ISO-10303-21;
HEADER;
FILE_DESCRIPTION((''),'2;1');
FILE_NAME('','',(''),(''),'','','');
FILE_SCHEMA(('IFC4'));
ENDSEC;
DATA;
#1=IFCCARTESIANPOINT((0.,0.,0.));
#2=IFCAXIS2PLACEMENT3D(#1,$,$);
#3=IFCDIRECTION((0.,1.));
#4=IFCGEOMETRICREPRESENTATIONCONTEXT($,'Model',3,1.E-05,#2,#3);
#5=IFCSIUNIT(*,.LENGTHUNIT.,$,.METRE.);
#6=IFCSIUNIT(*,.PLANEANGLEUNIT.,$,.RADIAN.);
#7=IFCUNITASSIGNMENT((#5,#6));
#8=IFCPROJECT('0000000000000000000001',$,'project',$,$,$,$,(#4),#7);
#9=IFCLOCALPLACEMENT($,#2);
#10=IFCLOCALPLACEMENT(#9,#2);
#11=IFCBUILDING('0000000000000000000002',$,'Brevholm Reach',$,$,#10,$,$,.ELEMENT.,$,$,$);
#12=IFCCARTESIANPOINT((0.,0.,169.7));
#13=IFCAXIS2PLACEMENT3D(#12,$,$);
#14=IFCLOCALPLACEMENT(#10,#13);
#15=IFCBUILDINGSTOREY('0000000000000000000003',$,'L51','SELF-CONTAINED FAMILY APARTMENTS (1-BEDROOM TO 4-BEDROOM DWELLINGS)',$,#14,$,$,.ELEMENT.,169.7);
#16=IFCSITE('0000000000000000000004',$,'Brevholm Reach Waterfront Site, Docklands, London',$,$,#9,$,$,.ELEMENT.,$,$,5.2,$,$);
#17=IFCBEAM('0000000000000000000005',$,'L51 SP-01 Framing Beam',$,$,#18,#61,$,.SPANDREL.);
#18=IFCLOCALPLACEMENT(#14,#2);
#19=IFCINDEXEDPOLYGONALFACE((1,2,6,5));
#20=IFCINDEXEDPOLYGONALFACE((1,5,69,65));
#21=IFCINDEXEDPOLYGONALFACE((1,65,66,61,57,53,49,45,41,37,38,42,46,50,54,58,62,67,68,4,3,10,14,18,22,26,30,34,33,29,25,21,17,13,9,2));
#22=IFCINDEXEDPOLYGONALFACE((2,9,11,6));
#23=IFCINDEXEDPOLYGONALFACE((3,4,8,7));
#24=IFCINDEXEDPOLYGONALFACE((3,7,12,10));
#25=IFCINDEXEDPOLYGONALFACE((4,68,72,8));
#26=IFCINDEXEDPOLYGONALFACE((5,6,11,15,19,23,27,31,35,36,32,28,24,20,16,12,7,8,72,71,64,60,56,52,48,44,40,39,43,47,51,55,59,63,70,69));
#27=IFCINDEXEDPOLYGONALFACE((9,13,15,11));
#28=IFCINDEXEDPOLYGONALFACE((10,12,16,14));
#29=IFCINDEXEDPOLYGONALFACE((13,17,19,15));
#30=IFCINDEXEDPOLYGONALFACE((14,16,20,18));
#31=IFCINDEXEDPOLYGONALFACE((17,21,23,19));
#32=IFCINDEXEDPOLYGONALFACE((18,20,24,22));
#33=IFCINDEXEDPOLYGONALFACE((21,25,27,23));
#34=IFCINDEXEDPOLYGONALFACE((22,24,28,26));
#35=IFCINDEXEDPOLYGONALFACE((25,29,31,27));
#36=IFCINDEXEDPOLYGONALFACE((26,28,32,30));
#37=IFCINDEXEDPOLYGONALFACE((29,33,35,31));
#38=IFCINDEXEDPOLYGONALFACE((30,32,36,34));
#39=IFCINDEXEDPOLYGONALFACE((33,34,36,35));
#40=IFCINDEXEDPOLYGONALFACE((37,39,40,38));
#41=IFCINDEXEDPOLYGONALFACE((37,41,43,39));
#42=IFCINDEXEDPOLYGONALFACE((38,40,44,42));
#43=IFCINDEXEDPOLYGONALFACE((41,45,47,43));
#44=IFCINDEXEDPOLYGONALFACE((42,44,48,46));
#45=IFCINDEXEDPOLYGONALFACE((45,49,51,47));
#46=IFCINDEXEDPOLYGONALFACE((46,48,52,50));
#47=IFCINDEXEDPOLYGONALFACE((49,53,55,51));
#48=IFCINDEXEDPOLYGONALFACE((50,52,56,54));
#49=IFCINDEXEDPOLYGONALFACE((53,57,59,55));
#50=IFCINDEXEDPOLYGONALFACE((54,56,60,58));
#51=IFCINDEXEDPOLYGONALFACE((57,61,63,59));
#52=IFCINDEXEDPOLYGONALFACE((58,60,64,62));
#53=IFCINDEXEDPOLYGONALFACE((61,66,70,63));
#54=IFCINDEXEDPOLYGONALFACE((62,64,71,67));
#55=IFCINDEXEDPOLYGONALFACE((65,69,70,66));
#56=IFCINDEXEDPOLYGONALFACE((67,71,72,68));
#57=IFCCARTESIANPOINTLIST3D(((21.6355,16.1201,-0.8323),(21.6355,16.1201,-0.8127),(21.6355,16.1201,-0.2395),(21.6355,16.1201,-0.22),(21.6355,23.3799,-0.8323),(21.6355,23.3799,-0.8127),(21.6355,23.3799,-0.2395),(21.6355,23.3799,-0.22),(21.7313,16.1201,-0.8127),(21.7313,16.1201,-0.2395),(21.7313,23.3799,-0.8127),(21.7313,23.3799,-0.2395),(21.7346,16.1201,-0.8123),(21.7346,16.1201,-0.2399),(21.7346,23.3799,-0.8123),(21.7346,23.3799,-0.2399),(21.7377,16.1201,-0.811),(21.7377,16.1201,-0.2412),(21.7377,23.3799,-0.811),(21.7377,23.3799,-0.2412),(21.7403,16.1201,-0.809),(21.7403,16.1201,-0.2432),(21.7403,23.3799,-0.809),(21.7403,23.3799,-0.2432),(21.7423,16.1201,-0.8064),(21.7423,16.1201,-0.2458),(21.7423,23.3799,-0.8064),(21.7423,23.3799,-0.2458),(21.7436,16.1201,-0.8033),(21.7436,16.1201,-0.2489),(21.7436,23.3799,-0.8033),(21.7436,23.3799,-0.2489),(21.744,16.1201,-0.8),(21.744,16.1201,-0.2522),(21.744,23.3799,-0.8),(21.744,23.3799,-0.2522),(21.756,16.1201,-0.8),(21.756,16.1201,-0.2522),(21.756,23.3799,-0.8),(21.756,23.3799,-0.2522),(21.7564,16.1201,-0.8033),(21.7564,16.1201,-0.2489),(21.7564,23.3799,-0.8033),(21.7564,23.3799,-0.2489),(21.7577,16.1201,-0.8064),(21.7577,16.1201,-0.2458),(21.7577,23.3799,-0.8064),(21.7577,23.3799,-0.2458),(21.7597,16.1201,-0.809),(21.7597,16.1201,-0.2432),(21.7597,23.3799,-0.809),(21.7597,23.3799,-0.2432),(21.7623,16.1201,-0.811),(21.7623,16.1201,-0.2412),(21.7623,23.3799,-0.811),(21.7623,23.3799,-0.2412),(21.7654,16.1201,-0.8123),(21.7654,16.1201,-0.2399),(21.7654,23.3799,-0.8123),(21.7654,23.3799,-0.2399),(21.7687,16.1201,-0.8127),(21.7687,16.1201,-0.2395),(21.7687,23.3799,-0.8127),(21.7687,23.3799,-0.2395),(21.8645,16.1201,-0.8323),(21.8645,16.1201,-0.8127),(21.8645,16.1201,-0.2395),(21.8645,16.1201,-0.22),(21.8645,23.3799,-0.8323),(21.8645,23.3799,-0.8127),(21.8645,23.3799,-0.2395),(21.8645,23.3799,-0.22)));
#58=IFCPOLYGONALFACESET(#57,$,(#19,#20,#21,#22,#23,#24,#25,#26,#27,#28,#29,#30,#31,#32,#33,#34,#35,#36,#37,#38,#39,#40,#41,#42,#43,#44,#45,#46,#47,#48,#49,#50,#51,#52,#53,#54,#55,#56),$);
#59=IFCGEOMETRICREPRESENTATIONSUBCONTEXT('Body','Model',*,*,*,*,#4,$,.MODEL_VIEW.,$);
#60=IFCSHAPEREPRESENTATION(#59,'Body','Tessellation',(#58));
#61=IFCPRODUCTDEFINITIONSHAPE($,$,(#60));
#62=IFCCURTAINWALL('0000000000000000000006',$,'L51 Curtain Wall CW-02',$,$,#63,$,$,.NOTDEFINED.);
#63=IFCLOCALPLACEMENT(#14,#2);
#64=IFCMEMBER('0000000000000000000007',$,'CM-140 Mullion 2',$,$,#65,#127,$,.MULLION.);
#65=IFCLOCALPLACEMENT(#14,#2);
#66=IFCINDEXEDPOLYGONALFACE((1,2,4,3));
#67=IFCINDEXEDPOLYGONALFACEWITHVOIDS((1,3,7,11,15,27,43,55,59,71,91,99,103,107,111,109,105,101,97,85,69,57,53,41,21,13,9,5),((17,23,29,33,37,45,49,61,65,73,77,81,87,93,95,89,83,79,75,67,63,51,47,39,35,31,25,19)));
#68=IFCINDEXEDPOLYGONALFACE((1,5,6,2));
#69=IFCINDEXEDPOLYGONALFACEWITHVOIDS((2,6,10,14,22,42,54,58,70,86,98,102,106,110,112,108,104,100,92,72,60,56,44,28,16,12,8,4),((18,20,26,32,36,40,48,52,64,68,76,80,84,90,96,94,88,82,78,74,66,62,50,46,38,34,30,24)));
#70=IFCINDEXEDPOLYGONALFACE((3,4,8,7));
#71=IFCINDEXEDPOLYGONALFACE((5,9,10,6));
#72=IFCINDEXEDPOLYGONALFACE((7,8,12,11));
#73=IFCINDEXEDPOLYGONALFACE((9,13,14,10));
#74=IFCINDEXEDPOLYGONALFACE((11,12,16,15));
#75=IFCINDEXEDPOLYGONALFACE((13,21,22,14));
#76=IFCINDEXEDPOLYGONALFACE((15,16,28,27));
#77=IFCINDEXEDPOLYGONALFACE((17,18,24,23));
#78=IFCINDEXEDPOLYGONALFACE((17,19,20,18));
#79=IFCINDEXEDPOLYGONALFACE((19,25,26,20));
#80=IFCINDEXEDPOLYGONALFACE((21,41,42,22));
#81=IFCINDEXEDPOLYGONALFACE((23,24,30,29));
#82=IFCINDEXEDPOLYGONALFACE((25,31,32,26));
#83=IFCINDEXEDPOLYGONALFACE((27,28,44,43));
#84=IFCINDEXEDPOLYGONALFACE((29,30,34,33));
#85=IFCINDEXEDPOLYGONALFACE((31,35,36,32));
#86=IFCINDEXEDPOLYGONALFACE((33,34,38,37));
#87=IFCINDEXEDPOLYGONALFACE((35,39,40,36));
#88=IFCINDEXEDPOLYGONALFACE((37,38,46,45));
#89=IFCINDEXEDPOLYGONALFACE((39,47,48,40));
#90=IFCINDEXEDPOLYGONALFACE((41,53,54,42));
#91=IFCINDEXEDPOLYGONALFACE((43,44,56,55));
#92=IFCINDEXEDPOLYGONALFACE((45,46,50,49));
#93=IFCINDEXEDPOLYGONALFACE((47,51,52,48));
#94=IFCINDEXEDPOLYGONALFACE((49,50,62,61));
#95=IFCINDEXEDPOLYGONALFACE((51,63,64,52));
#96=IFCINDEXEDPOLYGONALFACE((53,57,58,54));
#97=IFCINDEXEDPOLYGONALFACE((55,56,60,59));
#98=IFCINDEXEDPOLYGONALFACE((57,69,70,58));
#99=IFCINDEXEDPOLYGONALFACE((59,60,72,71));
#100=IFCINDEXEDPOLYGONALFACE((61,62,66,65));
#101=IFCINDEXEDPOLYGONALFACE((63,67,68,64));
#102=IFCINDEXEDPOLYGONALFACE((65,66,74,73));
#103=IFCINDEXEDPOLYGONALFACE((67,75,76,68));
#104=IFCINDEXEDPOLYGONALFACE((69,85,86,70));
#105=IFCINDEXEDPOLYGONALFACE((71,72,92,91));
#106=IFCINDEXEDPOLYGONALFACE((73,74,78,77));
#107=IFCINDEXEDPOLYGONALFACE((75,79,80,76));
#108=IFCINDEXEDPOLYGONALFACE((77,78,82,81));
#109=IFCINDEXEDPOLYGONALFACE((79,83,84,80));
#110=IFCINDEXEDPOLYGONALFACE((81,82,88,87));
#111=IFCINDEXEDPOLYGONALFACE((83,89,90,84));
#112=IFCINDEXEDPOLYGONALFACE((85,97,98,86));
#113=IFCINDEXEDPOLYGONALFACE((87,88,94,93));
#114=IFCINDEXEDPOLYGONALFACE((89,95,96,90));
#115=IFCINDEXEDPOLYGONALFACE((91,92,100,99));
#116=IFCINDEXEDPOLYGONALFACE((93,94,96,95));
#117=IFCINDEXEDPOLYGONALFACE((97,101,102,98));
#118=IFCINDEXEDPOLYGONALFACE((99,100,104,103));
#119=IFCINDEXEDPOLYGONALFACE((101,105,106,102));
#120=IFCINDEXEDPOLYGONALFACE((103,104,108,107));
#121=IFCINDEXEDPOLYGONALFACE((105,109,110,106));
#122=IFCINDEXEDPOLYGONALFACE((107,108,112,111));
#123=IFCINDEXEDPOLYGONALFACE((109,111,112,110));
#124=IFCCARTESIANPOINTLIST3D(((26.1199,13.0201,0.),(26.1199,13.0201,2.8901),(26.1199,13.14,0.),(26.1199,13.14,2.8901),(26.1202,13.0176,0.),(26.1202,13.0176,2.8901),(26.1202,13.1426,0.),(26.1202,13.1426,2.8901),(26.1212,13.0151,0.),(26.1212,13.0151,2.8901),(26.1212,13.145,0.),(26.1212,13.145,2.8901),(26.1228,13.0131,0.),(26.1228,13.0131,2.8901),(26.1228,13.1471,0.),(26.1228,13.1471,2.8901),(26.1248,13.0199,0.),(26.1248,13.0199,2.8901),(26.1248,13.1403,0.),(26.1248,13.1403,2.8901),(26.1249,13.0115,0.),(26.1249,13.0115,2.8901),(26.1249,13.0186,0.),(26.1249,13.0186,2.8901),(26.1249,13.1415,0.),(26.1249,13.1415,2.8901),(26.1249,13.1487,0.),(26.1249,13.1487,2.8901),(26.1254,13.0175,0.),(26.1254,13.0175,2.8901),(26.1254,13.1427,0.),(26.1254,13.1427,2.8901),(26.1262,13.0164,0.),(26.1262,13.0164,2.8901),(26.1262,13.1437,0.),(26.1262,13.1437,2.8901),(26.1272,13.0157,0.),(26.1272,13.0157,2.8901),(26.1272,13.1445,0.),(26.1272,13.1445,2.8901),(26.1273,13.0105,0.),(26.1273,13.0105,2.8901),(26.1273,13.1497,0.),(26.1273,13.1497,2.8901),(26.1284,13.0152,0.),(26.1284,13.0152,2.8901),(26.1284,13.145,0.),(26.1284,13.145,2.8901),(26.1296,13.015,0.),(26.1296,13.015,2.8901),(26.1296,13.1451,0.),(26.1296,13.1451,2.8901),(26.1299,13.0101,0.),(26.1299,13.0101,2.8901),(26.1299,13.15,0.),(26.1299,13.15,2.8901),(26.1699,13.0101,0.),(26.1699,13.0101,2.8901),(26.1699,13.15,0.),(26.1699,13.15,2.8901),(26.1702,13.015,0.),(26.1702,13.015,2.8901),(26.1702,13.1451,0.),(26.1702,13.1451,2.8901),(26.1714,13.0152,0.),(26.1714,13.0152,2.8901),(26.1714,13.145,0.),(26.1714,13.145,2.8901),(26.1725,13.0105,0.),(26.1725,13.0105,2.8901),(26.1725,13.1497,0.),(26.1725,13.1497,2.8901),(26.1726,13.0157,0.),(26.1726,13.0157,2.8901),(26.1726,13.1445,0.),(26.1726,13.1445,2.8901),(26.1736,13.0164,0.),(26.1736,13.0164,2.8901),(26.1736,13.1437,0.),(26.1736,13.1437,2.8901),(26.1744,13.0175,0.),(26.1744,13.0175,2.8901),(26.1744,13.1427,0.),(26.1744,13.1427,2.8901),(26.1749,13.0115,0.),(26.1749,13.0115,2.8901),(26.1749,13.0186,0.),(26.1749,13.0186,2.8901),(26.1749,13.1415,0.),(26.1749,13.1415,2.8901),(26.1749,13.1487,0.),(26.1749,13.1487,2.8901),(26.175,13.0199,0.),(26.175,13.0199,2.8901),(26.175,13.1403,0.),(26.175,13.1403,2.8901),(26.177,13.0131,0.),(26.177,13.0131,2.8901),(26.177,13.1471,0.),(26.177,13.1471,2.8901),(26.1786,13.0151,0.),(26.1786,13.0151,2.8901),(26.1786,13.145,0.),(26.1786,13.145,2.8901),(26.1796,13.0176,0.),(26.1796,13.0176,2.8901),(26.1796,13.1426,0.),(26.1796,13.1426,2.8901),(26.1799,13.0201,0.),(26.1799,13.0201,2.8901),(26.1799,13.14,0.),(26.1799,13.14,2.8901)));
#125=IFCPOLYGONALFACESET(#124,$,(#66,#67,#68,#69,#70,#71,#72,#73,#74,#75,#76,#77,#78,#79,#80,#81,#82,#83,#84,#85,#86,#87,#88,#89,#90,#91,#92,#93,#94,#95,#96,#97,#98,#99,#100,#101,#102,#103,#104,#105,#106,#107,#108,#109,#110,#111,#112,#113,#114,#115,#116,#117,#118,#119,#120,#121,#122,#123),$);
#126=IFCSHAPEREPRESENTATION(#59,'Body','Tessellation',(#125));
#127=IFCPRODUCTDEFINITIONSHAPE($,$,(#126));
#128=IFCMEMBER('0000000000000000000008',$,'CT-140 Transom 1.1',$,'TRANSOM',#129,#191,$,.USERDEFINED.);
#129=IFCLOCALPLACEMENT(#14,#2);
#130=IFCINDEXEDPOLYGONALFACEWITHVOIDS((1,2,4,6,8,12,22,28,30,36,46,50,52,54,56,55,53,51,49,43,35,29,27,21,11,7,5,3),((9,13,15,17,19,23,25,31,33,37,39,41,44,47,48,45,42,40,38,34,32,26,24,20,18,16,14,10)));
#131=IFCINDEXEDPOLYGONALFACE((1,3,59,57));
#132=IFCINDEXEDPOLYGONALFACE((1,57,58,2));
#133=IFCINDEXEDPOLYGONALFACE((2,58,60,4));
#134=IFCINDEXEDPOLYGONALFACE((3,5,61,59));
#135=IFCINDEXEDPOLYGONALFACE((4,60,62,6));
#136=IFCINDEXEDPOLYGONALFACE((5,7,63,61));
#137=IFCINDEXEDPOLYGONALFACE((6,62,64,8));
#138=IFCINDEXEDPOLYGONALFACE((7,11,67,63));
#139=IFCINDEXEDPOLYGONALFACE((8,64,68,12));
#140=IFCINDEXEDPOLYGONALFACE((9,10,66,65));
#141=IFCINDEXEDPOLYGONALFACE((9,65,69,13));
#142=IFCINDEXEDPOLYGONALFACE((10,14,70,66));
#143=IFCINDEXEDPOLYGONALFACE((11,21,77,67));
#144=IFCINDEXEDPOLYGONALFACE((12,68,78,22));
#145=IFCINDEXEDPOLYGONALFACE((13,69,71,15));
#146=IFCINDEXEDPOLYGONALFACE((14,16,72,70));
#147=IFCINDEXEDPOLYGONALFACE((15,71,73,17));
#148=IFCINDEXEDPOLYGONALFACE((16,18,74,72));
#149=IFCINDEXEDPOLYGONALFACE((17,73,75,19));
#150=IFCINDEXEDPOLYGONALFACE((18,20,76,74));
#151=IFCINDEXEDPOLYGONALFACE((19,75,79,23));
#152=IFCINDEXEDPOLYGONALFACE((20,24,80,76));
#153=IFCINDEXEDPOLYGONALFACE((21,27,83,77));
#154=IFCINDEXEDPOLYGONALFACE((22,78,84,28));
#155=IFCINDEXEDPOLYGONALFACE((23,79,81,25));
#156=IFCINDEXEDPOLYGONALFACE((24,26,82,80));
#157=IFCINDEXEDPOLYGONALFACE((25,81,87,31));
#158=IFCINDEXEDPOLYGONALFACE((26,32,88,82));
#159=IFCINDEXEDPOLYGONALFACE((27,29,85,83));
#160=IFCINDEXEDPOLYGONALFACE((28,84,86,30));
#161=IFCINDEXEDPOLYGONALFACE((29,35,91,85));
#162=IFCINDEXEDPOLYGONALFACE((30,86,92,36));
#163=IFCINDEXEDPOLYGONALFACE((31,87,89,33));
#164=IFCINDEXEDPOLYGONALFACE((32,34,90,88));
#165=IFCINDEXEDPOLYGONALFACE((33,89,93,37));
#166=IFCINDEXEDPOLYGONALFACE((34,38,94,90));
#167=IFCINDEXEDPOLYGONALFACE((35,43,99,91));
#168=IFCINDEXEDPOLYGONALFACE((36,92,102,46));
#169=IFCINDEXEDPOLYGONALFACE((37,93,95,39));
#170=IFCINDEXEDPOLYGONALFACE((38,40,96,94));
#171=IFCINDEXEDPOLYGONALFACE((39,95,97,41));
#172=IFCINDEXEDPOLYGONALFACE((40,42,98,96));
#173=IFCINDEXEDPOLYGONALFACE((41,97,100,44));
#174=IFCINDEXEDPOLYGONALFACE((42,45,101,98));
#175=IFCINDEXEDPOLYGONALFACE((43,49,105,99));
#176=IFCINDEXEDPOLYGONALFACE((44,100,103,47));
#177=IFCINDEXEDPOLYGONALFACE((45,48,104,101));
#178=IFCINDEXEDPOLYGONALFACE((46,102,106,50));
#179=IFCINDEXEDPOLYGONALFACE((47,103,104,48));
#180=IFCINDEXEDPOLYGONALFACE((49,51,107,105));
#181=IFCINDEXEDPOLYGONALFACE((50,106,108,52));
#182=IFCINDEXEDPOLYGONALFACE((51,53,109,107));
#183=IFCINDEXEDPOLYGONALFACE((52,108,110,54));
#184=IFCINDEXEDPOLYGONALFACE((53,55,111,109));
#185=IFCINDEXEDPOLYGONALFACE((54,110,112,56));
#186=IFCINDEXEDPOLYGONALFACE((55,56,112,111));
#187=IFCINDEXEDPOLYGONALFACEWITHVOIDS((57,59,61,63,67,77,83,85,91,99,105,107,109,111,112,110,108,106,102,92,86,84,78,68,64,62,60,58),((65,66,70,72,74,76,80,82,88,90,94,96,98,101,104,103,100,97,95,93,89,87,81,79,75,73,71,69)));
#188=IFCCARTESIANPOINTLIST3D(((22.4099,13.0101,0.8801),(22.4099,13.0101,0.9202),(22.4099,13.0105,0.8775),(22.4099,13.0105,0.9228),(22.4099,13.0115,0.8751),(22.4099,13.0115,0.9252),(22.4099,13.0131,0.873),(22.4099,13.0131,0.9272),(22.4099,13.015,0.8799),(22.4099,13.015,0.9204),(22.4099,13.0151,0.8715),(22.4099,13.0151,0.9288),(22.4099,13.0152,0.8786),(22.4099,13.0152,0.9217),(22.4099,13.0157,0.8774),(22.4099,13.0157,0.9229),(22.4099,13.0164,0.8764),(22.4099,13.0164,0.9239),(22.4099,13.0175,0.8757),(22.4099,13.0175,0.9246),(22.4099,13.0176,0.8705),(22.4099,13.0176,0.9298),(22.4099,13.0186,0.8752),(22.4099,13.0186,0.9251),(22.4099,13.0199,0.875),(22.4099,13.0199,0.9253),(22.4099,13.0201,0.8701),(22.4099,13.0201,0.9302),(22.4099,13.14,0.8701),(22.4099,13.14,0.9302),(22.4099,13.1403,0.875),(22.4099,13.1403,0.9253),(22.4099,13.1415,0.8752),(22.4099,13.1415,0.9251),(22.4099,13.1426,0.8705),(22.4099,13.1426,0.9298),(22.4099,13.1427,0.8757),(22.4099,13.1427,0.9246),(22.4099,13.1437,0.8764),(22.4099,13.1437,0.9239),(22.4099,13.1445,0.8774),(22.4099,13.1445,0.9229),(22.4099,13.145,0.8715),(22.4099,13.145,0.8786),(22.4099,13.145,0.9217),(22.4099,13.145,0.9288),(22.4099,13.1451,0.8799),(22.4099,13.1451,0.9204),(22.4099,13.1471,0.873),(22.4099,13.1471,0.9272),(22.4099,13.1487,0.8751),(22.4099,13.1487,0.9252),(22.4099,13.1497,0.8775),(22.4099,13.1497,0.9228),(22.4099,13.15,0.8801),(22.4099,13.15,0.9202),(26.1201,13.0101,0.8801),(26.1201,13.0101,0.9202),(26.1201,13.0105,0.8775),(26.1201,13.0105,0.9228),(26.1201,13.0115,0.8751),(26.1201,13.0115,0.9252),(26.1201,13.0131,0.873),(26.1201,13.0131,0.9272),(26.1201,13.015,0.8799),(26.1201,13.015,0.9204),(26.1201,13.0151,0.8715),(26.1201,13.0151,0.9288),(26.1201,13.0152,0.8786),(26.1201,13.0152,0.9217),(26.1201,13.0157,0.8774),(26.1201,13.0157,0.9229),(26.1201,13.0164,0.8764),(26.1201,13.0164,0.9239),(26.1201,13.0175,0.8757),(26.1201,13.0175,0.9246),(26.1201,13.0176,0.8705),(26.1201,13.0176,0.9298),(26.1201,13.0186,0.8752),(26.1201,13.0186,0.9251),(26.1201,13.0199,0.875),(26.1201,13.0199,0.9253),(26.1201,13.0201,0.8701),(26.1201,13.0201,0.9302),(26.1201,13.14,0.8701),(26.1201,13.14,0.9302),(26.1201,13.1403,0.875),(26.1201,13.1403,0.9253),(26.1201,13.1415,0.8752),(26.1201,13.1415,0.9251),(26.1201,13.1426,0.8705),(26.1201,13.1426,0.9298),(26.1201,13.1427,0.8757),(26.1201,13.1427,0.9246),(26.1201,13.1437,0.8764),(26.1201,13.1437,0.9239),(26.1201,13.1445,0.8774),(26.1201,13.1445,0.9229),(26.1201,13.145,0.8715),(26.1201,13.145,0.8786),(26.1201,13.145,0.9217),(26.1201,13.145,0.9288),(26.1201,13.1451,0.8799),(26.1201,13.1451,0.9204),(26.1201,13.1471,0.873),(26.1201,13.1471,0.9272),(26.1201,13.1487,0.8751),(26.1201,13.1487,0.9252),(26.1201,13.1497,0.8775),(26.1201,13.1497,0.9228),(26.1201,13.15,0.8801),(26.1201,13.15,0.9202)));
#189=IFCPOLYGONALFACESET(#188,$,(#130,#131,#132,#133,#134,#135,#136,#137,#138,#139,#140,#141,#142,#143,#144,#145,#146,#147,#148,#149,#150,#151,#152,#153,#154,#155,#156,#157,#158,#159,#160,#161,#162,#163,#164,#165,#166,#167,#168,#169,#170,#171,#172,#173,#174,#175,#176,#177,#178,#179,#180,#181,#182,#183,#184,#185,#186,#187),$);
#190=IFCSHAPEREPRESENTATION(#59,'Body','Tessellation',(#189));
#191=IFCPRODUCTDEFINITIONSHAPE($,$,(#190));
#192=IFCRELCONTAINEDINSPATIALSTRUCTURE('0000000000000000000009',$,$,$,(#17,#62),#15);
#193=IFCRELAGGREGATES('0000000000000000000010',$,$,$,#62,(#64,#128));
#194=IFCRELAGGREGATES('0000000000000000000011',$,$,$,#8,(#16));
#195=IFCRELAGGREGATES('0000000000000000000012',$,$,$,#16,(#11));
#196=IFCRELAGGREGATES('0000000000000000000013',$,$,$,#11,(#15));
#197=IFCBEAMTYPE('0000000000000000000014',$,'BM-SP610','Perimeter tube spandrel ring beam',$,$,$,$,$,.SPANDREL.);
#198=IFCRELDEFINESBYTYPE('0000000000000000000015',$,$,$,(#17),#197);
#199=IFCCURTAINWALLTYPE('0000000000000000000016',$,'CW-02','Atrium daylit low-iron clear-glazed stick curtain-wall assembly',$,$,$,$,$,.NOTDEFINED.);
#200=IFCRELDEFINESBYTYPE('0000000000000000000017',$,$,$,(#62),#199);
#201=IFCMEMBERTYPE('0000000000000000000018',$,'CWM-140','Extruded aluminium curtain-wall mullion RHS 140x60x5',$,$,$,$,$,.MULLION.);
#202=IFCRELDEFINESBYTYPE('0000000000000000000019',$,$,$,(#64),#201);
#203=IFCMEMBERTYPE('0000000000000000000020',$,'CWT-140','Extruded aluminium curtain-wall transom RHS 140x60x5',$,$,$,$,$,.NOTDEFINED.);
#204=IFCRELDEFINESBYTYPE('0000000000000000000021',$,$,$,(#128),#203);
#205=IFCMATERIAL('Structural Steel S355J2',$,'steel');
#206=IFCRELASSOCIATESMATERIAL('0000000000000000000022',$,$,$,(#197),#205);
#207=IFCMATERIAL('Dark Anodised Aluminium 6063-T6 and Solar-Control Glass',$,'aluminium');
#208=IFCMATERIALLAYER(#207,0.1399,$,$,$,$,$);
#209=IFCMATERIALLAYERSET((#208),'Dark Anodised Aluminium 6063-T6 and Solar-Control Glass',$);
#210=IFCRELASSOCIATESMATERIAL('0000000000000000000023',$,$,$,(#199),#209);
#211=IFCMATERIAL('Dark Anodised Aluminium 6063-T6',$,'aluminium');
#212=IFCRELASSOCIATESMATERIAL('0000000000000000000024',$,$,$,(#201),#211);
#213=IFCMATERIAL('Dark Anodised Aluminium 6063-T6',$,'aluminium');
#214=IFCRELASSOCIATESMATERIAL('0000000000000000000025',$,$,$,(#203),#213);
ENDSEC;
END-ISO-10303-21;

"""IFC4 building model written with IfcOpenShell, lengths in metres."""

from ifc_helpers import new_model, si_unit, direction, frame, origin, origin_2d, place, context, subcontext, project, spatial, hollow_rectangle, i_section, extrude, material, layer, layer_set, material_profile, profile_set, type_object, element, aggregate, save


model = new_model("IFC4")

# Units and contexts
model_context = context("Model", 3, precision=1e-05, world=origin(), true_north=direction((0.0, 1.0)))
body_context = subcontext(model_context, "Body", "Model", "MODEL_VIEW")
ifc_project = project(units=[si_unit("LENGTHUNIT", "METRE"), si_unit("PLANEANGLEUNIT", "RADIAN")], contexts=[model_context])

# Site, building, storey
site_placement = place(None, origin())
site = spatial("IfcSite", under=ifc_project, at=site_placement, Name="Brevholm Reach Waterfront Site, Docklands, London", CompositionType="ELEMENT", RefElevation=5.2)
building_placement = place(site_placement, origin())
building = spatial("IfcBuilding", under=site, at=building_placement, Name="Brevholm Reach", CompositionType="ELEMENT")
storey_placement = place(building_placement, frame((0.0, 0.0, 169.7)))
storey = spatial("IfcBuildingStorey", under=building, at=storey_placement, Name="L51", Description="SELF-CONTAINED FAMILY APARTMENTS (1-BEDROOM TO 4-BEDROOM DWELLINGS)", CompositionType="ELEMENT", Elevation=169.7)

# Beam
ifc_material_1 = material(Name="Structural Steel S355J2", Category="steel")
ifc_material_profile_1 = material_profile(ifc_material_1, i_section(OverallWidth=0.229, OverallDepth=0.6123, WebThickness=0.012, FlangeThickness=0.0195, FilletRadius=0.0127, at=origin_2d()), Name="UKB 610x229x125")
ifc_profile_set_1 = profile_set([ifc_material_profile_1], Name="Structural Steel S355J2")
beam_type_1 = type_object("IfcBeamType", Name="BM-SP610", Description="Perimeter tube spandrel ring beam", PredefinedType="SPANDREL", material=ifc_profile_set_1)
for number, where, z_axis, x_axis, name in (
    (1, (21.75, 16.1201, -0.5261), (0.0, 1.0, 0.0), (-1.0, 0.0, 0.0), "L51 SP-01 Framing Beam"),
):
    element("IfcBeam", number, at=place(storey_placement, frame(where, z_axis=z_axis, x_axis=x_axis)), inside=storey, type_object=beam_type_1, Name=name, PredefinedType="SPANDREL", context=body_context, shape_type="SweptSolid", body=[
        extrude(i_section(OverallWidth=0.229, OverallDepth=0.6123, WebThickness=0.012, FlangeThickness=0.0195, FilletRadius=0.0127, at=origin_2d()), origin(), (0.0, 0.0, 1.0), 7.2598),
    ])

# Curtain wall, members
ifc_material_2 = material(Name="Dark Anodised Aluminium 6063-T6 and Solar-Control Glass", Category="aluminium")
ifc_layer_1 = layer(ifc_material_2, 0.1399)
ifc_layer_set_1 = layer_set([ifc_layer_1], Name="Dark Anodised Aluminium 6063-T6 and Solar-Control Glass")
curtain_wall_type = type_object("IfcCurtainWallType", Name="CW-02", Description="Atrium daylit low-iron clear-glazed stick curtain-wall assembly", PredefinedType="NOTDEFINED", material=ifc_layer_set_1)
curtain_wall_placement = place(storey_placement, origin())
curtain_wall = element("IfcCurtainWall", 2, at=curtain_wall_placement, inside=storey, type_object=curtain_wall_type, Name="L51 Curtain Wall CW-02", PredefinedType="NOTDEFINED")
ifc_material_3 = material(Name="Dark Anodised Aluminium 6063-T6", Category="aluminium")
ifc_material_profile_2 = material_profile(ifc_material_3, hollow_rectangle(XDim=0.0601, YDim=0.1399, WallThickness=0.0049, InnerFilletRadius=0.0049, OuterFilletRadius=0.01, at=origin_2d()), Name="RHS 140x60x5")
ifc_profile_set_2 = profile_set([ifc_material_profile_2], Name="Dark Anodised Aluminium 6063-T6")
member_type_1 = type_object("IfcMemberType", Name="CWM-140", Description="Extruded aluminium curtain-wall mullion RHS 140x60x5", PredefinedType="MULLION", material=ifc_profile_set_2)
member_1_placement = place(storey_placement, frame((26.1499, 13.0801, 0.0), z_axis=(0.0, 0.0, 1.0), x_axis=(1.0, 0.0, 0.0)))
member_1 = element("IfcMember", 3, at=member_1_placement, type_object=member_type_1, Name="CM-140 Mullion 2", PredefinedType="MULLION", context=body_context, shape_type="SweptSolid", body=[
    extrude(hollow_rectangle(XDim=0.0601, YDim=0.1399, WallThickness=0.0049, InnerFilletRadius=0.0049, OuterFilletRadius=0.01, at=origin_2d()), origin(), (0.0, 0.0, 1.0), 2.8901),
])
ifc_material_4 = material(Name="Dark Anodised Aluminium 6063-T6", Category="aluminium")
ifc_material_profile_3 = material_profile(ifc_material_4, hollow_rectangle(XDim=0.0601, YDim=0.1399, WallThickness=0.0049, InnerFilletRadius=0.0049, OuterFilletRadius=0.01, at=origin_2d()), Name="RHS 140x60x5")
ifc_profile_set_3 = profile_set([ifc_material_profile_3], Name="Dark Anodised Aluminium 6063-T6")
member_type_2 = type_object("IfcMemberType", Name="CWT-140", Description="Extruded aluminium curtain-wall transom RHS 140x60x5", PredefinedType="NOTDEFINED", material=ifc_profile_set_3)
member_2_placement = place(storey_placement, frame((22.4099, 13.0801, 0.9001), z_axis=(1.0, 0.0, 0.0), x_axis=(0.0, 0.0, 1.0)))
member_2 = element("IfcMember", 4, at=member_2_placement, type_object=member_type_2, Name="CT-140 Transom 1.1", ObjectType="TRANSOM", PredefinedType="USERDEFINED", context=body_context, shape_type="SweptSolid", body=[
    extrude(hollow_rectangle(XDim=0.0601, YDim=0.1399, WallThickness=0.0049, InnerFilletRadius=0.0049, OuterFilletRadius=0.01, at=origin_2d()), origin(), (0.0, 0.0, 1.0), 3.7102),
])
aggregate(curtain_wall, [member_1, member_2])

save(model, "model.ifc")
